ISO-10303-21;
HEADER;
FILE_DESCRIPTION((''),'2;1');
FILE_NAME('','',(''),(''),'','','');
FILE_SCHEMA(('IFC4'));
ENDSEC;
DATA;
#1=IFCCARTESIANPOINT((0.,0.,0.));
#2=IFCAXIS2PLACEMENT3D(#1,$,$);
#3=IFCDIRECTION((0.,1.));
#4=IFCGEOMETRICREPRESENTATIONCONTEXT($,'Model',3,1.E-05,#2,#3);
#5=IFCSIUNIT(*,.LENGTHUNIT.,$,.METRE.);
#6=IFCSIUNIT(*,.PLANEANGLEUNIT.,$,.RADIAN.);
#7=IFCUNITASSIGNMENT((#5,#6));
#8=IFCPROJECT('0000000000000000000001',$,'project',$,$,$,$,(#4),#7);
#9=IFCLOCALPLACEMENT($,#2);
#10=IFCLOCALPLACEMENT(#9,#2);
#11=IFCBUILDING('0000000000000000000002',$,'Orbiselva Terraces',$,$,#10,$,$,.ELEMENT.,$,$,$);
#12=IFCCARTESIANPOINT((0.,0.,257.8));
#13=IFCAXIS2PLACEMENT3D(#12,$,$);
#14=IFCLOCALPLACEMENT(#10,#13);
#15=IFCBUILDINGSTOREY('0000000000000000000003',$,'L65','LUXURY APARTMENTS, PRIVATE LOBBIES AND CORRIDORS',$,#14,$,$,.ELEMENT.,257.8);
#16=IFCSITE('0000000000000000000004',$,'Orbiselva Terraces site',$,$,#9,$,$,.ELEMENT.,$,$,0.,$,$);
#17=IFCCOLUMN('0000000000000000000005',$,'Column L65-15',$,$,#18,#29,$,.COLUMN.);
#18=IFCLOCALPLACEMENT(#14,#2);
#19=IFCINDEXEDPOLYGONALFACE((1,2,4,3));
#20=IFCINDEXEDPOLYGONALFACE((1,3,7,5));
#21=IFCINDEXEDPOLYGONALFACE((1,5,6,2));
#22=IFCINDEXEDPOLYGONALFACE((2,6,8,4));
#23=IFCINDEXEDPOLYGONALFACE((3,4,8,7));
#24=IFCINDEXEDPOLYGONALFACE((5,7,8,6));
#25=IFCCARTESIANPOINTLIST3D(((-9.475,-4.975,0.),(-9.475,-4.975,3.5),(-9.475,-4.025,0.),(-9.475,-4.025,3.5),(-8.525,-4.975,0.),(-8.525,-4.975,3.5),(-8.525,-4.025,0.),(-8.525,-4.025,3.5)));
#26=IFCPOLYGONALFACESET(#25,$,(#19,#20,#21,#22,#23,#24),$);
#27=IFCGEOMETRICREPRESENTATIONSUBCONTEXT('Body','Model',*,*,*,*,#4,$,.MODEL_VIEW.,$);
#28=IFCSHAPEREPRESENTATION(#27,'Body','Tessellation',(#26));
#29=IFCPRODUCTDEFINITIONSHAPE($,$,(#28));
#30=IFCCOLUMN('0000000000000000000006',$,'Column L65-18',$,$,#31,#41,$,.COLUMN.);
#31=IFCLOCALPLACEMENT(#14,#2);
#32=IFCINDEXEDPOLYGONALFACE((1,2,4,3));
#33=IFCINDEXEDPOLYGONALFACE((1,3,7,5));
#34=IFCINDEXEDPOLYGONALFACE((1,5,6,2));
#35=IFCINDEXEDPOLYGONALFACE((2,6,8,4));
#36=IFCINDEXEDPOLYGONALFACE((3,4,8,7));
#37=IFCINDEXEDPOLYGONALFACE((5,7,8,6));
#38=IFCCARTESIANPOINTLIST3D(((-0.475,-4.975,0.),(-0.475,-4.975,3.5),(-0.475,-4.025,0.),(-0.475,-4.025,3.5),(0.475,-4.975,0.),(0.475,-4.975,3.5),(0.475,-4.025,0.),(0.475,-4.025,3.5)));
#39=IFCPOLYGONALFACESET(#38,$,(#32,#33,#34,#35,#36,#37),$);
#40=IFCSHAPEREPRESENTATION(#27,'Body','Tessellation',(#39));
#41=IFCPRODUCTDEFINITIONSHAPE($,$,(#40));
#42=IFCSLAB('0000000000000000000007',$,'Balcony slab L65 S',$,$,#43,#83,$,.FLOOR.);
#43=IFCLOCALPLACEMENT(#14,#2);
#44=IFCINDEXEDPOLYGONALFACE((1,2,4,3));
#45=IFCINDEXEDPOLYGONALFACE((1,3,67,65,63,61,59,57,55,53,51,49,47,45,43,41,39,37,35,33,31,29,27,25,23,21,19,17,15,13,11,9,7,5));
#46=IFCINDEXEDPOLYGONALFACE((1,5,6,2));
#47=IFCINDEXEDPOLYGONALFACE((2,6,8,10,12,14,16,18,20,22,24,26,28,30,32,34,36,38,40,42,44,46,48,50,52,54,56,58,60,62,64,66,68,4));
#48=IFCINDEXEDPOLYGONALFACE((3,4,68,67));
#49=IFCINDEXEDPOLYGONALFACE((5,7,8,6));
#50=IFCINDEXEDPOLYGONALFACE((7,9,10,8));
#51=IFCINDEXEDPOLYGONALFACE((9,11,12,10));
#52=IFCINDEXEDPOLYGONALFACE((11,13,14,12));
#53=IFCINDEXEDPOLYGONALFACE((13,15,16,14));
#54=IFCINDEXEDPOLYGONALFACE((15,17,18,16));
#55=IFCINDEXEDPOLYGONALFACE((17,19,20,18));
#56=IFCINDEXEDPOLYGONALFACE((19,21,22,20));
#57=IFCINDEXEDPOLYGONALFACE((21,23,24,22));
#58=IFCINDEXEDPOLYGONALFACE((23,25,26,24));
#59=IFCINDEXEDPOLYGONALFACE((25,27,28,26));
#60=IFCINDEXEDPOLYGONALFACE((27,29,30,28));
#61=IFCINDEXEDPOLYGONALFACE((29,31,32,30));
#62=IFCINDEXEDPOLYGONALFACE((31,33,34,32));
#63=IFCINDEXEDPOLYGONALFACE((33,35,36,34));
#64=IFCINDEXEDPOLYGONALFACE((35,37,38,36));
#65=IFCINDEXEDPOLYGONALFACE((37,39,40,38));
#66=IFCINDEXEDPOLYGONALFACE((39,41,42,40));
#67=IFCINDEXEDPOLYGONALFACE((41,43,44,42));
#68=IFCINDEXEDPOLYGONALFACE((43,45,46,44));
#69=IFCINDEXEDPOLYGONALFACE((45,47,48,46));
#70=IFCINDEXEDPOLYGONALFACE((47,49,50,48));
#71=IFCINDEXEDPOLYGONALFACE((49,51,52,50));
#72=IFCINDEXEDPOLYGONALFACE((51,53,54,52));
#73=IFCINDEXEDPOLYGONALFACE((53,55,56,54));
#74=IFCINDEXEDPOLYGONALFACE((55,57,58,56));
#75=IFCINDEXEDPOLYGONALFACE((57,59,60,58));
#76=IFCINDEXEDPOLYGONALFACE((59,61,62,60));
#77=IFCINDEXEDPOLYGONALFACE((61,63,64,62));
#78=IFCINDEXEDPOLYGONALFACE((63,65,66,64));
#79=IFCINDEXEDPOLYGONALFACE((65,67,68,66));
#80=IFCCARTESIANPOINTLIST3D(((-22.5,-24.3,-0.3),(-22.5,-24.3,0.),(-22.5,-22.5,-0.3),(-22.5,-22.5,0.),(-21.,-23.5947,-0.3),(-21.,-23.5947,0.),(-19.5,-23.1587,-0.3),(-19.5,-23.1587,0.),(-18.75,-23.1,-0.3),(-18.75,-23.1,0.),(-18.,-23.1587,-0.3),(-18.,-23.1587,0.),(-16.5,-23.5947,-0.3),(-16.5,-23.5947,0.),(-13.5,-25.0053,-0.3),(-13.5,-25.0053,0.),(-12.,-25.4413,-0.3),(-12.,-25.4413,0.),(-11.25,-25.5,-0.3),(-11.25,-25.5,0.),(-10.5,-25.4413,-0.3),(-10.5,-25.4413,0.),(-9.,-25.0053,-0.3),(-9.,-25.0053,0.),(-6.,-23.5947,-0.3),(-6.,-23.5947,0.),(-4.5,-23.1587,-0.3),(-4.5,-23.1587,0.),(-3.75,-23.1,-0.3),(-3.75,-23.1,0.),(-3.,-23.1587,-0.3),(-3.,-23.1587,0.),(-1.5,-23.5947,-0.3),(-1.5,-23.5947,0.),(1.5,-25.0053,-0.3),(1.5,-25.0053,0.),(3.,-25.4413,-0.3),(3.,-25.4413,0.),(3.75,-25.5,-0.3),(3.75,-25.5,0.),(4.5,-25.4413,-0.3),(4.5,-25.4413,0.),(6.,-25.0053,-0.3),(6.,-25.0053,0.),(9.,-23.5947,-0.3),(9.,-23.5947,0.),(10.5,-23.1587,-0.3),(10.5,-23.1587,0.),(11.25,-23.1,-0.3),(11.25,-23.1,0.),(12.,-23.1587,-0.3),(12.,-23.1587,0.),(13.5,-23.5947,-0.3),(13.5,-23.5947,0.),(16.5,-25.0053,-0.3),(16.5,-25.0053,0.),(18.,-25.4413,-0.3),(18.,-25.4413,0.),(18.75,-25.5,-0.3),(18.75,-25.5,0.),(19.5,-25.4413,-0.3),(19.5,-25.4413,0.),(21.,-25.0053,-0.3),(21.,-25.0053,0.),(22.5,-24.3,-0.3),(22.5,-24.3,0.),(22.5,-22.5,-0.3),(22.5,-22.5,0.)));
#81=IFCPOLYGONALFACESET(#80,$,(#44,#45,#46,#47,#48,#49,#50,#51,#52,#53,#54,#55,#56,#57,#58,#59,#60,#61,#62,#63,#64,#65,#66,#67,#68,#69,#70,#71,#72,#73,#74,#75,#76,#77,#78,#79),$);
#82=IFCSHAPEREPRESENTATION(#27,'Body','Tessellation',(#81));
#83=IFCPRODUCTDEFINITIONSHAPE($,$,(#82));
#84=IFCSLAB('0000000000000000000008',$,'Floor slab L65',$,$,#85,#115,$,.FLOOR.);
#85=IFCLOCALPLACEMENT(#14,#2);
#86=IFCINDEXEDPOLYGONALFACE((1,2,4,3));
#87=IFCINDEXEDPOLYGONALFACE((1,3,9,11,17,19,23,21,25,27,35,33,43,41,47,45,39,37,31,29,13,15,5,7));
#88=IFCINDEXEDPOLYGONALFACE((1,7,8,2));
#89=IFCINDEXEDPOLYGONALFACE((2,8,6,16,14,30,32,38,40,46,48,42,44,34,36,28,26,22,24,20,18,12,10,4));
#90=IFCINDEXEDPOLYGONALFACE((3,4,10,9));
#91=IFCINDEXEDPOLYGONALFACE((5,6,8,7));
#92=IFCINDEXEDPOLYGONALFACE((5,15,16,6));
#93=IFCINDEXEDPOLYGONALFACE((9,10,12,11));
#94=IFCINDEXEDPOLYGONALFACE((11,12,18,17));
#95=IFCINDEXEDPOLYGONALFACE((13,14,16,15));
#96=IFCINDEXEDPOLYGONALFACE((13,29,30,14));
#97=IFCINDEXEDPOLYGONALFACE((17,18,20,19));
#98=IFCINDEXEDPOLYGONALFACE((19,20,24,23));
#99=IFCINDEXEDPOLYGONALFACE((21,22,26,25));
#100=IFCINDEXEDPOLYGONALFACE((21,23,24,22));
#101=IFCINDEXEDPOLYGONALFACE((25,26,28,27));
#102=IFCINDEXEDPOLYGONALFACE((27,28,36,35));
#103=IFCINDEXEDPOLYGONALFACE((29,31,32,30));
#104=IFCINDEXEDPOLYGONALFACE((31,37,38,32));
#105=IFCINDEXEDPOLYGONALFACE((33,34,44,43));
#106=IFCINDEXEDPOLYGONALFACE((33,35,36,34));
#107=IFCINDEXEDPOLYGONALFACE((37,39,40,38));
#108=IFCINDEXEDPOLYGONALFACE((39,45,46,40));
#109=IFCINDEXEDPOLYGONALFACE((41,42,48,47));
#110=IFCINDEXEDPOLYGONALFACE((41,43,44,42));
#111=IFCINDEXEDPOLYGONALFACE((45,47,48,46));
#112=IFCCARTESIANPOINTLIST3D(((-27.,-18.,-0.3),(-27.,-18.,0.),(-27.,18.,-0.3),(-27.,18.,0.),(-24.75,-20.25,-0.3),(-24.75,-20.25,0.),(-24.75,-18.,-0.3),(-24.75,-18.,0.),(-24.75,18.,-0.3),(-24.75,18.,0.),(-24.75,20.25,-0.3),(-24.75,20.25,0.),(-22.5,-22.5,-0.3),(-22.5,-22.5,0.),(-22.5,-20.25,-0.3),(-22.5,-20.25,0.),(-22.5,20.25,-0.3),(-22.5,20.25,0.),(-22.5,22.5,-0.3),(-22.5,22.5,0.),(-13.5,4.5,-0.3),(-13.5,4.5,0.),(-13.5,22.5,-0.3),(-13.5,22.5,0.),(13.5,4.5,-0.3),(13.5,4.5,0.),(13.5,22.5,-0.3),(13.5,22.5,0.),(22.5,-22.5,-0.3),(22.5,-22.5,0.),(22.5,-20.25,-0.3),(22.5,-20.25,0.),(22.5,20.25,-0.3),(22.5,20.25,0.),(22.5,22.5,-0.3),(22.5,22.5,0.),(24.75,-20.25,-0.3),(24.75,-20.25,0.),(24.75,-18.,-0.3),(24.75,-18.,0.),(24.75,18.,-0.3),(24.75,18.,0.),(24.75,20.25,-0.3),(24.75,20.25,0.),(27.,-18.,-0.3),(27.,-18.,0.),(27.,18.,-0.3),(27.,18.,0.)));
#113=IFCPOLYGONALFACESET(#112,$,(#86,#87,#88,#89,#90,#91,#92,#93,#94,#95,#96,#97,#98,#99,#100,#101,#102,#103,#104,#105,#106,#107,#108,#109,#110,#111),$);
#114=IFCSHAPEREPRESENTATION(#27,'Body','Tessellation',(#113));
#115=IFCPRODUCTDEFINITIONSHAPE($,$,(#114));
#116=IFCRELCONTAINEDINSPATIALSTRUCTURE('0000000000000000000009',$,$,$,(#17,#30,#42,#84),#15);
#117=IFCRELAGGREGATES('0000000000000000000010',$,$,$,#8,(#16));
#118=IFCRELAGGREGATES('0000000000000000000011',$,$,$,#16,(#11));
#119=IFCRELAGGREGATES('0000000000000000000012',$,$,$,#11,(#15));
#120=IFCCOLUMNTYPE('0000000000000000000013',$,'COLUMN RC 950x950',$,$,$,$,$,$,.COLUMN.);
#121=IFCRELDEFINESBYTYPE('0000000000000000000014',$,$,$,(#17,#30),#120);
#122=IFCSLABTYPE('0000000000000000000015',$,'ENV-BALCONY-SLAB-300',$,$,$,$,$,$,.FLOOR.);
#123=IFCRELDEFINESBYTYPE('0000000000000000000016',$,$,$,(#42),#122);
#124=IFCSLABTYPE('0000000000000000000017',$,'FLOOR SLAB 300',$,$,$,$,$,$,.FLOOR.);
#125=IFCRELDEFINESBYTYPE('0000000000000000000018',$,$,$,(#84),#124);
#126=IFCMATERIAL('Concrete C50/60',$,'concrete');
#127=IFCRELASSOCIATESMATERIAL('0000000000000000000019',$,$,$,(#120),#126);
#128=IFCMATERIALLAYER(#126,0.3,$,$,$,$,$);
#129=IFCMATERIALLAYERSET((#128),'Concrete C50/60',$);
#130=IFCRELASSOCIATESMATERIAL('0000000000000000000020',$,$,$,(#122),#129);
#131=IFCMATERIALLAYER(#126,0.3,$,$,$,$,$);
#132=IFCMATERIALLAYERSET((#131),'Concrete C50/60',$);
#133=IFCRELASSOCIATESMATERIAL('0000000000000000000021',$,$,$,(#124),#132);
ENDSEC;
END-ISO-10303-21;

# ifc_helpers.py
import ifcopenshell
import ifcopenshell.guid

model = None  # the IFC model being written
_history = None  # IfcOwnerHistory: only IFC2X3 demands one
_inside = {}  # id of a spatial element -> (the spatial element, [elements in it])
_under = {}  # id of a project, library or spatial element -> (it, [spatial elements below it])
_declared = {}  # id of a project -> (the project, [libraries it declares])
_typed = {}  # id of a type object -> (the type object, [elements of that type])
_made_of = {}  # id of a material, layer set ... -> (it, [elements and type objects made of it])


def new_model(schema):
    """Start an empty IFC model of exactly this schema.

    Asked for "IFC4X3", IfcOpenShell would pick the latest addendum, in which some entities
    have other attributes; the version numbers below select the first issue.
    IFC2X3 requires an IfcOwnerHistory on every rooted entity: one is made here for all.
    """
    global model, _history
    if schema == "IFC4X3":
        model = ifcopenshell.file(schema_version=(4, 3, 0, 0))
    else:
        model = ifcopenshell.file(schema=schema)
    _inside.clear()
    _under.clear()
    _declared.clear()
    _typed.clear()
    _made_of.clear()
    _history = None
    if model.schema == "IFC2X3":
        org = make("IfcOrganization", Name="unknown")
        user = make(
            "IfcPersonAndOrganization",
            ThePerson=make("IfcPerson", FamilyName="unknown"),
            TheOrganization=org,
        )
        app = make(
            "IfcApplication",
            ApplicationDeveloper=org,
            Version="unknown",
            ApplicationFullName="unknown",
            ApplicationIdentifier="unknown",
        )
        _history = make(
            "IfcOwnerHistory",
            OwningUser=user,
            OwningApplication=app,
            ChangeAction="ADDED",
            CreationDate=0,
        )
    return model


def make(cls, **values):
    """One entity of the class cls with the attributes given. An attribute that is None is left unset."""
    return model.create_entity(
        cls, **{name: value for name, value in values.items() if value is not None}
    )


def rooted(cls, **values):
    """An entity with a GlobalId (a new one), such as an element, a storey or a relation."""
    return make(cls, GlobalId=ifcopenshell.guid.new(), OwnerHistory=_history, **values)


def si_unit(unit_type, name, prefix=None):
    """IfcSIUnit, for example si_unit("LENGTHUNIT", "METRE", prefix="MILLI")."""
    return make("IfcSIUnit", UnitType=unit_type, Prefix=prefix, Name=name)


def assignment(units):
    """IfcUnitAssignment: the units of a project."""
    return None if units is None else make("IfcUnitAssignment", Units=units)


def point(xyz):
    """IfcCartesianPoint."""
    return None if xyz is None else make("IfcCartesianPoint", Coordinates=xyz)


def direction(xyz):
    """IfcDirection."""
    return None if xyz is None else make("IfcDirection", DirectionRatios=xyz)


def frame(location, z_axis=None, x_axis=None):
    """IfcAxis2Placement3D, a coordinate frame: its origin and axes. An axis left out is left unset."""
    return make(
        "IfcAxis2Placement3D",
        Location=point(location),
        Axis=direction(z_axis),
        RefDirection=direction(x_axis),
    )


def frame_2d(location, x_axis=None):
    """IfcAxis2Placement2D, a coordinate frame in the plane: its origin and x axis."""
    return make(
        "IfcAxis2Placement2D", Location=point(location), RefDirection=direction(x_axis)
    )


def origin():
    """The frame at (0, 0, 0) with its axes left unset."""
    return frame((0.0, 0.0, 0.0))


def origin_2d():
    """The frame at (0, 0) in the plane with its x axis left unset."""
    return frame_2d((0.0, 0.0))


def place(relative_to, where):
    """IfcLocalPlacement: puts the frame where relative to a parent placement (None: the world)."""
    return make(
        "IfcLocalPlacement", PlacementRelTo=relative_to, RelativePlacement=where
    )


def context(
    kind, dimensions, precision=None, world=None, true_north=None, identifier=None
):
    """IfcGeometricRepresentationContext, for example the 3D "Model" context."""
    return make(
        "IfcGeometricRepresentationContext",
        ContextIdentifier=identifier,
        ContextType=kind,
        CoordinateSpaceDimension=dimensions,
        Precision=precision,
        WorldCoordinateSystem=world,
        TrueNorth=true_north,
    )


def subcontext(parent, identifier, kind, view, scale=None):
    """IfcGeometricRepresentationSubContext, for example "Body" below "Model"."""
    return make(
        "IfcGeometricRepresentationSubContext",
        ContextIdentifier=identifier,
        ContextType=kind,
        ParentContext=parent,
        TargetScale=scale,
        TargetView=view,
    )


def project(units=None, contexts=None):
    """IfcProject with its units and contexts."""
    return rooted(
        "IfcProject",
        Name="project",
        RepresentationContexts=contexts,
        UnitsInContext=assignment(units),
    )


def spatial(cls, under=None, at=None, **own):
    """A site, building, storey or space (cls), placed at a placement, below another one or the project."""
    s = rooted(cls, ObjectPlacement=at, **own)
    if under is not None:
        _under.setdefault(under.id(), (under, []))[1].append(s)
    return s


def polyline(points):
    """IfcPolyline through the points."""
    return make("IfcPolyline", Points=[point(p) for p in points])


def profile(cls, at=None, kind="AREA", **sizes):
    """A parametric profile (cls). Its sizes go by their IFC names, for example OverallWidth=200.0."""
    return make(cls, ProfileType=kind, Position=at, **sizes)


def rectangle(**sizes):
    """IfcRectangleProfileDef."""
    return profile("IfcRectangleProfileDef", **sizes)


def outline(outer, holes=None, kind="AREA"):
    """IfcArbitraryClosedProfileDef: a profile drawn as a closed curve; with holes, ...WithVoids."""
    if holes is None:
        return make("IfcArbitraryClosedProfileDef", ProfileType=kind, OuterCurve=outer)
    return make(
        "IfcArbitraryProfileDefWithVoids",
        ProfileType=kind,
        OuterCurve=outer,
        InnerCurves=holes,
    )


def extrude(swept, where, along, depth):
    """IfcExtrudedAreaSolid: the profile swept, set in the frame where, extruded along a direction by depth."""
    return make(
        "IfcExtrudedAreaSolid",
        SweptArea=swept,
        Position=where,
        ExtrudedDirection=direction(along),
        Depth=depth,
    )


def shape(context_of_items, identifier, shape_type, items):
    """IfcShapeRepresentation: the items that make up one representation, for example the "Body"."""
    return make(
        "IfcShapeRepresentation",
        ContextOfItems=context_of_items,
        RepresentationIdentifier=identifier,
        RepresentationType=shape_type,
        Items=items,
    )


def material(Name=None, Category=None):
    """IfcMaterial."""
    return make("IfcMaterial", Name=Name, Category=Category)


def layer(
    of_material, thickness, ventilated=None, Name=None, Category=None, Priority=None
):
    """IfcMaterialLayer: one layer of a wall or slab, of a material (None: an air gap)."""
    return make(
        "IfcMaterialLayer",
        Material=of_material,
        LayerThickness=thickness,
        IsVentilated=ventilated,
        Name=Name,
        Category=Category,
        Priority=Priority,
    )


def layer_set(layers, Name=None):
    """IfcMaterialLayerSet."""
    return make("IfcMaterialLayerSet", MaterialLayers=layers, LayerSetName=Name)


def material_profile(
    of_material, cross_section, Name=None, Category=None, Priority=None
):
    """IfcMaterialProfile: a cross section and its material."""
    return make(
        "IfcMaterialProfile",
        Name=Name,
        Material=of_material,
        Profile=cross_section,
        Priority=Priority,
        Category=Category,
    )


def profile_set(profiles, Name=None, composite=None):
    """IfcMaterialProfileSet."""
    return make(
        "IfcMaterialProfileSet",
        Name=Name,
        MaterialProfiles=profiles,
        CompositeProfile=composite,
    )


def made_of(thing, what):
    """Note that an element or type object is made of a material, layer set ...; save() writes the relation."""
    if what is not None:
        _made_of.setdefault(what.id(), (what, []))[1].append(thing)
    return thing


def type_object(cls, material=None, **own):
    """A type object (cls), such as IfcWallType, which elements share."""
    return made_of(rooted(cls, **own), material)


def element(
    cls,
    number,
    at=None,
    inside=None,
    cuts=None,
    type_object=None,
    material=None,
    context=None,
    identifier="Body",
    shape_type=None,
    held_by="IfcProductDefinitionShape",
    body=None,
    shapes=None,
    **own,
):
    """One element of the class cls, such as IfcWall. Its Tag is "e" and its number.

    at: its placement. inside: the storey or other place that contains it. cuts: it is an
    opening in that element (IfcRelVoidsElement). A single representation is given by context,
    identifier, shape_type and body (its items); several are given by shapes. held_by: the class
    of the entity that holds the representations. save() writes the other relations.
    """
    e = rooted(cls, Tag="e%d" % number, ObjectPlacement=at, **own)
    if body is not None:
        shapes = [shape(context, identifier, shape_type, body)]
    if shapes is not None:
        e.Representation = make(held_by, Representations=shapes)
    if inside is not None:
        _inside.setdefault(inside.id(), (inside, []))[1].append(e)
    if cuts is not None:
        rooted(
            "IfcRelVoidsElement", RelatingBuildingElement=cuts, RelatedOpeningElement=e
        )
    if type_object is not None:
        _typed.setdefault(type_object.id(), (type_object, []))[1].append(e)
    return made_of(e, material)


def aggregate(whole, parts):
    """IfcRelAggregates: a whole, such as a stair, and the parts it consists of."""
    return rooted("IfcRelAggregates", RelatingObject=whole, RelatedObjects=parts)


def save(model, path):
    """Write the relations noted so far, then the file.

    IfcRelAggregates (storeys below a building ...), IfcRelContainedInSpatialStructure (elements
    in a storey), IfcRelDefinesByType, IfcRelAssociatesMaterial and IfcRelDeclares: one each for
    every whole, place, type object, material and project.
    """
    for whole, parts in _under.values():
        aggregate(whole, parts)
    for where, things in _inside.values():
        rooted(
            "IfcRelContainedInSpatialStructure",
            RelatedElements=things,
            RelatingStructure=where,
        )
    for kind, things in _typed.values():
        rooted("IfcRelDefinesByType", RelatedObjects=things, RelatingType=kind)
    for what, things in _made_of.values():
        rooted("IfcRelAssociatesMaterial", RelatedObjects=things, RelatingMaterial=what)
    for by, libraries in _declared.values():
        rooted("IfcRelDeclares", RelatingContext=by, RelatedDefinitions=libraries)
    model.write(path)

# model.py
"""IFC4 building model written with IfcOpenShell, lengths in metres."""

from ifc_helpers import new_model, si_unit, direction, frame, origin, origin_2d, place, context, subcontext, project, spatial, polyline, rectangle, outline, extrude, material, layer, layer_set, material_profile, profile_set, type_object, element, save


model = new_model("IFC4")

# Units and contexts
model_context = context("Model", 3, precision=1e-05, world=origin(), true_north=direction((0.0, 1.0)))
body_context = subcontext(model_context, "Body", "Model", "MODEL_VIEW")
ifc_project = project(units=[si_unit("LENGTHUNIT", "METRE"), si_unit("PLANEANGLEUNIT", "RADIAN")], contexts=[model_context])

# Site, building, storey
site_placement = place(None, origin())
site = spatial("IfcSite", under=ifc_project, at=site_placement, Name="Orbiselva Terraces site", CompositionType="ELEMENT", RefElevation=0.0)
building_placement = place(site_placement, origin())
building = spatial("IfcBuilding", under=site, at=building_placement, Name="Orbiselva Terraces", CompositionType="ELEMENT")
storey_placement = place(building_placement, frame((0.0, 0.0, 257.8)))
storey = spatial("IfcBuildingStorey", under=building, at=storey_placement, Name="L65", Description="LUXURY APARTMENTS, PRIVATE LOBBIES AND CORRIDORS", CompositionType="ELEMENT", Elevation=257.8)

# Columns
ifc_material_1 = material(Name="Concrete C50/60", Category="concrete")
ifc_material_profile = material_profile(ifc_material_1, rectangle(XDim=0.95, YDim=0.95, at=origin_2d()), Name="RC 950x950")
ifc_profile_set = profile_set([ifc_material_profile], Name="Concrete C50/60")
column_type = type_object("IfcColumnType", Name="COLUMN RC 950x950", PredefinedType="COLUMN", material=ifc_profile_set)
for number, where, z_axis, x_axis, name in (
    (1, (-9.0, -4.5, 0.0), (0.0, 0.0, 1.0), (1.0, 0.0, 0.0), "Column L65-15"),
    (2, (0.0, -4.5, 0.0), (0.0, 0.0, 1.0), (1.0, 0.0, 0.0), "Column L65-18"),
):
    element("IfcColumn", number, at=place(storey_placement, frame(where, z_axis=z_axis, x_axis=x_axis)), inside=storey, type_object=column_type, Name=name, PredefinedType="COLUMN", context=body_context, shape_type="SweptSolid", body=[
        extrude(rectangle(XDim=0.95, YDim=0.95, at=origin_2d()), origin(), (0.0, 0.0, 1.0), 3.5),
    ])

# Slabs
ifc_layer_1 = layer(ifc_material_1, 0.3)
ifc_layer_set_1 = layer_set([ifc_layer_1], Name="Concrete C50/60")
slab_type_1 = type_object("IfcSlabType", Name="ENV-BALCONY-SLAB-300", PredefinedType="FLOOR", material=ifc_layer_set_1)
slab_1_placement = place(storey_placement, frame((0.0, 0.0, -0.3)))
element("IfcSlab", 3, at=slab_1_placement, inside=storey, type_object=slab_type_1, Name="Balcony slab L65 S", PredefinedType="FLOOR", context=body_context, shape_type="SweptSolid", body=[
    extrude(outline(polyline([(-22.5, -24.3), (-21.0, -23.5947), (-19.5, -23.1587), (-18.75, -23.1), (-18.0, -23.1587), (-16.5, -23.5947), (-13.5, -25.0053), (-12.0, -25.4413), (-11.25, -25.5), (-10.5, -25.4413), (-9.0, -25.0053), (-6.0, -23.5947), (-4.5, -23.1587), (-3.75, -23.1), (-3.0, -23.1587), (-1.5, -23.5947), (1.5, -25.0053), (3.0, -25.4413), (3.75, -25.5), (4.5, -25.4413), (6.0, -25.0053), (9.0, -23.5947), (10.5, -23.1587), (11.25, -23.1), (12.0, -23.1587), (13.5, -23.5947), (16.5, -25.0053), (18.0, -25.4413), (18.75, -25.5), (19.5, -25.4413), (21.0, -25.0053), (22.5, -24.3), (22.5, -22.5), (-22.5, -22.5), (-22.5, -24.3)])), origin(), (0.0, 0.0, 1.0), 0.3),
])
ifc_layer_2 = layer(ifc_material_1, 0.3)
ifc_layer_set_2 = layer_set([ifc_layer_2], Name="Concrete C50/60")
slab_type_2 = type_object("IfcSlabType", Name="FLOOR SLAB 300", PredefinedType="FLOOR", material=ifc_layer_set_2)
slab_2_placement = place(storey_placement, frame((0.0, 0.0, -0.3)))
element("IfcSlab", 4, at=slab_2_placement, inside=storey, type_object=slab_type_2, Name="Floor slab L65", PredefinedType="FLOOR", context=body_context, shape_type="SweptSolid", body=[
    extrude(outline(polyline([(22.5, 22.5), (22.5, 20.25), (24.75, 20.25), (24.75, 18.0), (27.0, 18.0), (27.0, -18.0), (24.75, -18.0), (24.75, -20.25), (22.5, -20.25), (22.5, -22.5), (-22.5, -22.5), (-22.5, -20.25), (-24.75, -20.25), (-24.75, -18.0), (-27.0, -18.0), (-27.0, 18.0), (-24.75, 18.0), (-24.75, 20.25), (-22.5, 20.25), (-22.5, 22.5), (-13.5, 22.5), (-13.5, 4.5), (13.5, 4.5), (13.5, 22.5), (22.5, 22.5)])), origin(), (0.0, 0.0, 1.0), 0.3),
])

save(model, "model.ifc")
